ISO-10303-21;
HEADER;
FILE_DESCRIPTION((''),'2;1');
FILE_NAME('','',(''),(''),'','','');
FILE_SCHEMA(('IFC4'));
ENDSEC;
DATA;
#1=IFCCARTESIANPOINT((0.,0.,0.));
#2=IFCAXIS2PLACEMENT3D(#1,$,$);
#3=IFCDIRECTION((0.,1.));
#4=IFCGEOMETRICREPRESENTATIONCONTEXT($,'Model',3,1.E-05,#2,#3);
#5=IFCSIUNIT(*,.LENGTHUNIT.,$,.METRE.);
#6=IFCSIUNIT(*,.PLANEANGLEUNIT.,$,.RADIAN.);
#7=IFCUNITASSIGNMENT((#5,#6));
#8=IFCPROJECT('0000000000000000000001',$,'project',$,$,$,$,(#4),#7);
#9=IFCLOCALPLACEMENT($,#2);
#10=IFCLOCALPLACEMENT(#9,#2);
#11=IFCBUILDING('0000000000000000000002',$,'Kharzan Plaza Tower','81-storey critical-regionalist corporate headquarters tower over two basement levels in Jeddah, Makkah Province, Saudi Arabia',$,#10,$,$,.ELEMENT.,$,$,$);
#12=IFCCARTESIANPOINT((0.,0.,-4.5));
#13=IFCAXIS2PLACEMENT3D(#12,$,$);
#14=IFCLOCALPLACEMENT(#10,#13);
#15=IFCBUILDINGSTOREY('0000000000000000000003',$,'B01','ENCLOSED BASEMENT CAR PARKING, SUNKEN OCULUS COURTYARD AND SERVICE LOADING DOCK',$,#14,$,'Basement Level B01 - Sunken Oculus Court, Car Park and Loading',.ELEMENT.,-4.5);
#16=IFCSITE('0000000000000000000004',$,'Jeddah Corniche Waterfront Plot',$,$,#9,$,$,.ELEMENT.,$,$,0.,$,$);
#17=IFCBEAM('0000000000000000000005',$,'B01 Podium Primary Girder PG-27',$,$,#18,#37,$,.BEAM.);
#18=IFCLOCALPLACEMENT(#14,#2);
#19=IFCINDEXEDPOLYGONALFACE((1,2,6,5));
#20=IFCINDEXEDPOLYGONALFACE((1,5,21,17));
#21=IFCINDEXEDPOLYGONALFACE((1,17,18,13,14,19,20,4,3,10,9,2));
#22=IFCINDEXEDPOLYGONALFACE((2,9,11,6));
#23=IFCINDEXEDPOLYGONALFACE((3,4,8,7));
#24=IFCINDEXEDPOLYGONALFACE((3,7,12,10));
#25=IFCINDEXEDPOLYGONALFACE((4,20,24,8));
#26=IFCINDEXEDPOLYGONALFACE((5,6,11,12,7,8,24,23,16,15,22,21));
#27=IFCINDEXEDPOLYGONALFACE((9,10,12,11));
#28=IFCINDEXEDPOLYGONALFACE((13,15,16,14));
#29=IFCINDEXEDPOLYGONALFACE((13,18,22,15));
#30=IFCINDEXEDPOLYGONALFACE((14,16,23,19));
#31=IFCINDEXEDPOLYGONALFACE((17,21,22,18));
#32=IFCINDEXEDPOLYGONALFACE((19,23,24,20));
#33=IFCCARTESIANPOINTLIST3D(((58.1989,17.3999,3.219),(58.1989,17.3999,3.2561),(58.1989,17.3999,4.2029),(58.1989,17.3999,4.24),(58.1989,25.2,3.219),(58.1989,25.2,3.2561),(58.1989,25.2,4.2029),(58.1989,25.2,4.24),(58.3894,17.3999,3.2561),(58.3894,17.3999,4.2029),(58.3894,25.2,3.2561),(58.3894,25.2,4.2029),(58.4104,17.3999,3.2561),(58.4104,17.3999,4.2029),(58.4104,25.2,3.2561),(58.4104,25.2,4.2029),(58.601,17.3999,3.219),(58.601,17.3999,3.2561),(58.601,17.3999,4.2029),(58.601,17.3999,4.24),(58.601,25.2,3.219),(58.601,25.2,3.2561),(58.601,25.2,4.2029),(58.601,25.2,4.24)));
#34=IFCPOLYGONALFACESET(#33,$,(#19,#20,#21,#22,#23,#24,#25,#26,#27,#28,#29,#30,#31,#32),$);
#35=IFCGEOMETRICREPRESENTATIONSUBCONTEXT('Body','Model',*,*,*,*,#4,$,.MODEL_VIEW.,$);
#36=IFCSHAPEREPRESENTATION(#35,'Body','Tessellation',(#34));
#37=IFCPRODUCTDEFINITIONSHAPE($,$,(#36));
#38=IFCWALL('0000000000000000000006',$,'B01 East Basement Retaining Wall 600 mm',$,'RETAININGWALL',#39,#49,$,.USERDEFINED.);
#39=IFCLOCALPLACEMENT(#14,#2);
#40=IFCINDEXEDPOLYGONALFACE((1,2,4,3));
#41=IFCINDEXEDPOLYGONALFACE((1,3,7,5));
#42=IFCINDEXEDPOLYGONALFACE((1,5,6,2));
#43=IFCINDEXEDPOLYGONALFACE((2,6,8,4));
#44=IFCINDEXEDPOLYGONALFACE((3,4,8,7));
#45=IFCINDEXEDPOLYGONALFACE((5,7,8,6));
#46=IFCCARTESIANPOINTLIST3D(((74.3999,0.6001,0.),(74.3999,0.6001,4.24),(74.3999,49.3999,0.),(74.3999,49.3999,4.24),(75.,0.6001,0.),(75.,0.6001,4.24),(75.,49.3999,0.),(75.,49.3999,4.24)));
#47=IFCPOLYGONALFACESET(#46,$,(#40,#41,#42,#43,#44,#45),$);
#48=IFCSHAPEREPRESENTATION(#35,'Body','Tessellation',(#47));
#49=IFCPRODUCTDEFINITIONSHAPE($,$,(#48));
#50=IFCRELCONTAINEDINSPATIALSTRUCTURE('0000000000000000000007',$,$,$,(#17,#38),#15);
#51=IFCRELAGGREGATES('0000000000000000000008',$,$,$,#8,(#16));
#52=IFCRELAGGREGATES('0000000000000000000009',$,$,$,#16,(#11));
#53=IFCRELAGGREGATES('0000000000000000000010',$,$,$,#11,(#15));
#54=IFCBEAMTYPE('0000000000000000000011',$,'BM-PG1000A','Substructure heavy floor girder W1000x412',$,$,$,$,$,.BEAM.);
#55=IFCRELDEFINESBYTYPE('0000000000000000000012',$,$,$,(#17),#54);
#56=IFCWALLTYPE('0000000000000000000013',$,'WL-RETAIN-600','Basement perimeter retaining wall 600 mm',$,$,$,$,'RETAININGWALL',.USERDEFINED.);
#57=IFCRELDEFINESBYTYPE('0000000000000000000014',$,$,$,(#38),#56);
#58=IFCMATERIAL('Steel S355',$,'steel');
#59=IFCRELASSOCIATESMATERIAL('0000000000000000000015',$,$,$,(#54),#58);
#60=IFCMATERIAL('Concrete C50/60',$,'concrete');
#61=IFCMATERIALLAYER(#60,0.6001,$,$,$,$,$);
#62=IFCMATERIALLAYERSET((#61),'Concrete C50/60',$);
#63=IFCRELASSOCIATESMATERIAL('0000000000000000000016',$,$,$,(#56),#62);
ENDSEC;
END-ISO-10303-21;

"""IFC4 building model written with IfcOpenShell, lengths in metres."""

from ifc_helpers import new_model, si_unit, direction, frame, frame_2d, origin, origin_2d, place, context, subcontext, project, spatial, rectangle, i_section, extrude, source, transform, mapped, material, layer, layer_set, material_profile, profile_set, type_object, element, save


model = new_model("IFC4")

# Units and contexts
model_context = context("Model", 3, precision=1e-05, world=origin(), true_north=direction((0.0, 1.0)))
body_context = subcontext(model_context, "Body", "Model", "MODEL_VIEW")
ifc_project = project(units=[si_unit("LENGTHUNIT", "METRE"), si_unit("PLANEANGLEUNIT", "RADIAN")], contexts=[model_context])

# Site, building, storey
site_placement = place(None, origin())
site = spatial("IfcSite", under=ifc_project, at=site_placement, Name="Jeddah Corniche Waterfront Plot", CompositionType="ELEMENT", RefElevation=0.0)
building_placement = place(site_placement, origin())
building = spatial("IfcBuilding", under=site, at=building_placement, Name="Kharzan Plaza Tower", Description="81-storey critical-regionalist corporate headquarters tower over two basement levels in Jeddah, Makkah Province, Saudi Arabia", CompositionType="ELEMENT")
storey_placement = place(building_placement, frame((0.0, 0.0, -4.5)))
storey = spatial("IfcBuildingStorey", under=building, at=storey_placement, Name="B01", Description="ENCLOSED BASEMENT CAR PARKING, SUNKEN OCULUS COURTYARD AND SERVICE LOADING DOCK", LongName="Basement Level B01 - Sunken Oculus Court, Car Park and Loading", CompositionType="ELEMENT", Elevation=-4.5)

# Shared definitions
ifc_material_1 = material(Name="Steel S355", Category="steel")

# Beam
ifc_material_profile_1 = material_profile(ifc_material_1, i_section(OverallWidth=0.4021, OverallDepth=1.021, WebThickness=0.021, FlangeThickness=0.0371, at=origin_2d()), Name="W1000x412")
ifc_profile_set_1 = profile_set([ifc_material_profile_1], Name="Steel S355")
beam_type = type_object("IfcBeamType", Name="BM-PG1000A", Description="Substructure heavy floor girder W1000x412", PredefinedType="BEAM", material=ifc_profile_set_1)
shared_shape_1 = source(origin(), body_context, "Body", "SweptSolid", [
    extrude(i_section(OverallWidth=0.4021, OverallDepth=1.021, WebThickness=0.021, FlangeThickness=0.0371, at=origin_2d()), origin(), (0.0, 0.0, 1.0), 7.8),
])
beam_1_placement = place(storey_placement, frame((58.3999, 17.3999, 3.7295), z_axis=(0.0, 1.0, 0.0), x_axis=(-1.0, 0.0, 0.0)))
element("IfcBeam", 1, at=beam_1_placement, inside=storey, type_object=beam_type, Name="B01 Podium Primary Girder PG-27", PredefinedType="BEAM", context=body_context, shape_type="MappedRepresentation", body=[
    mapped(shared_shape_1, transform((0.0, 0.0, 0.0), x_axis=(1.0, 0.0, 0.0), y_axis=(0.0, 1.0, 0.0), z_axis=(0.0, 0.0, 1.0))),
])

# Wall
ifc_material_2 = material(Name="Concrete C50/60", Category="concrete")
ifc_layer = layer(ifc_material_2, 0.6001)
ifc_layer_set = layer_set([ifc_layer], Name="Concrete C50/60")
wall_type = type_object("IfcWallType", Name="WL-RETAIN-600", Description="Basement perimeter retaining wall 600 mm", ElementType="RETAININGWALL", PredefinedType="USERDEFINED", material=ifc_layer_set)
shared_shape_2 = source(origin(), body_context, "Body", "SweptSolid", [
    extrude(rectangle(XDim=48.7998, YDim=0.6001, at=frame_2d((24.3999, 0.0))), origin(), (0.0, 0.0, 1.0), 4.24),
])
wall_placement = place(storey_placement, frame((74.7, 0.6001, 0.0), z_axis=(0.0, 0.0, 1.0), x_axis=(0.0, 1.0, 0.0)))
element("IfcWall", 2, at=wall_placement, inside=storey, type_object=wall_type, Name="B01 East Basement Retaining Wall 600 mm", ObjectType="RETAININGWALL", PredefinedType="USERDEFINED", context=body_context, shape_type="MappedRepresentation", body=[
    mapped(shared_shape_2, transform((0.0, 0.0, 0.0), x_axis=(1.0, 0.0, 0.0), y_axis=(0.0, 1.0, 0.0), z_axis=(0.0, 0.0, 1.0))),
])

save(model, "model.ifc")
